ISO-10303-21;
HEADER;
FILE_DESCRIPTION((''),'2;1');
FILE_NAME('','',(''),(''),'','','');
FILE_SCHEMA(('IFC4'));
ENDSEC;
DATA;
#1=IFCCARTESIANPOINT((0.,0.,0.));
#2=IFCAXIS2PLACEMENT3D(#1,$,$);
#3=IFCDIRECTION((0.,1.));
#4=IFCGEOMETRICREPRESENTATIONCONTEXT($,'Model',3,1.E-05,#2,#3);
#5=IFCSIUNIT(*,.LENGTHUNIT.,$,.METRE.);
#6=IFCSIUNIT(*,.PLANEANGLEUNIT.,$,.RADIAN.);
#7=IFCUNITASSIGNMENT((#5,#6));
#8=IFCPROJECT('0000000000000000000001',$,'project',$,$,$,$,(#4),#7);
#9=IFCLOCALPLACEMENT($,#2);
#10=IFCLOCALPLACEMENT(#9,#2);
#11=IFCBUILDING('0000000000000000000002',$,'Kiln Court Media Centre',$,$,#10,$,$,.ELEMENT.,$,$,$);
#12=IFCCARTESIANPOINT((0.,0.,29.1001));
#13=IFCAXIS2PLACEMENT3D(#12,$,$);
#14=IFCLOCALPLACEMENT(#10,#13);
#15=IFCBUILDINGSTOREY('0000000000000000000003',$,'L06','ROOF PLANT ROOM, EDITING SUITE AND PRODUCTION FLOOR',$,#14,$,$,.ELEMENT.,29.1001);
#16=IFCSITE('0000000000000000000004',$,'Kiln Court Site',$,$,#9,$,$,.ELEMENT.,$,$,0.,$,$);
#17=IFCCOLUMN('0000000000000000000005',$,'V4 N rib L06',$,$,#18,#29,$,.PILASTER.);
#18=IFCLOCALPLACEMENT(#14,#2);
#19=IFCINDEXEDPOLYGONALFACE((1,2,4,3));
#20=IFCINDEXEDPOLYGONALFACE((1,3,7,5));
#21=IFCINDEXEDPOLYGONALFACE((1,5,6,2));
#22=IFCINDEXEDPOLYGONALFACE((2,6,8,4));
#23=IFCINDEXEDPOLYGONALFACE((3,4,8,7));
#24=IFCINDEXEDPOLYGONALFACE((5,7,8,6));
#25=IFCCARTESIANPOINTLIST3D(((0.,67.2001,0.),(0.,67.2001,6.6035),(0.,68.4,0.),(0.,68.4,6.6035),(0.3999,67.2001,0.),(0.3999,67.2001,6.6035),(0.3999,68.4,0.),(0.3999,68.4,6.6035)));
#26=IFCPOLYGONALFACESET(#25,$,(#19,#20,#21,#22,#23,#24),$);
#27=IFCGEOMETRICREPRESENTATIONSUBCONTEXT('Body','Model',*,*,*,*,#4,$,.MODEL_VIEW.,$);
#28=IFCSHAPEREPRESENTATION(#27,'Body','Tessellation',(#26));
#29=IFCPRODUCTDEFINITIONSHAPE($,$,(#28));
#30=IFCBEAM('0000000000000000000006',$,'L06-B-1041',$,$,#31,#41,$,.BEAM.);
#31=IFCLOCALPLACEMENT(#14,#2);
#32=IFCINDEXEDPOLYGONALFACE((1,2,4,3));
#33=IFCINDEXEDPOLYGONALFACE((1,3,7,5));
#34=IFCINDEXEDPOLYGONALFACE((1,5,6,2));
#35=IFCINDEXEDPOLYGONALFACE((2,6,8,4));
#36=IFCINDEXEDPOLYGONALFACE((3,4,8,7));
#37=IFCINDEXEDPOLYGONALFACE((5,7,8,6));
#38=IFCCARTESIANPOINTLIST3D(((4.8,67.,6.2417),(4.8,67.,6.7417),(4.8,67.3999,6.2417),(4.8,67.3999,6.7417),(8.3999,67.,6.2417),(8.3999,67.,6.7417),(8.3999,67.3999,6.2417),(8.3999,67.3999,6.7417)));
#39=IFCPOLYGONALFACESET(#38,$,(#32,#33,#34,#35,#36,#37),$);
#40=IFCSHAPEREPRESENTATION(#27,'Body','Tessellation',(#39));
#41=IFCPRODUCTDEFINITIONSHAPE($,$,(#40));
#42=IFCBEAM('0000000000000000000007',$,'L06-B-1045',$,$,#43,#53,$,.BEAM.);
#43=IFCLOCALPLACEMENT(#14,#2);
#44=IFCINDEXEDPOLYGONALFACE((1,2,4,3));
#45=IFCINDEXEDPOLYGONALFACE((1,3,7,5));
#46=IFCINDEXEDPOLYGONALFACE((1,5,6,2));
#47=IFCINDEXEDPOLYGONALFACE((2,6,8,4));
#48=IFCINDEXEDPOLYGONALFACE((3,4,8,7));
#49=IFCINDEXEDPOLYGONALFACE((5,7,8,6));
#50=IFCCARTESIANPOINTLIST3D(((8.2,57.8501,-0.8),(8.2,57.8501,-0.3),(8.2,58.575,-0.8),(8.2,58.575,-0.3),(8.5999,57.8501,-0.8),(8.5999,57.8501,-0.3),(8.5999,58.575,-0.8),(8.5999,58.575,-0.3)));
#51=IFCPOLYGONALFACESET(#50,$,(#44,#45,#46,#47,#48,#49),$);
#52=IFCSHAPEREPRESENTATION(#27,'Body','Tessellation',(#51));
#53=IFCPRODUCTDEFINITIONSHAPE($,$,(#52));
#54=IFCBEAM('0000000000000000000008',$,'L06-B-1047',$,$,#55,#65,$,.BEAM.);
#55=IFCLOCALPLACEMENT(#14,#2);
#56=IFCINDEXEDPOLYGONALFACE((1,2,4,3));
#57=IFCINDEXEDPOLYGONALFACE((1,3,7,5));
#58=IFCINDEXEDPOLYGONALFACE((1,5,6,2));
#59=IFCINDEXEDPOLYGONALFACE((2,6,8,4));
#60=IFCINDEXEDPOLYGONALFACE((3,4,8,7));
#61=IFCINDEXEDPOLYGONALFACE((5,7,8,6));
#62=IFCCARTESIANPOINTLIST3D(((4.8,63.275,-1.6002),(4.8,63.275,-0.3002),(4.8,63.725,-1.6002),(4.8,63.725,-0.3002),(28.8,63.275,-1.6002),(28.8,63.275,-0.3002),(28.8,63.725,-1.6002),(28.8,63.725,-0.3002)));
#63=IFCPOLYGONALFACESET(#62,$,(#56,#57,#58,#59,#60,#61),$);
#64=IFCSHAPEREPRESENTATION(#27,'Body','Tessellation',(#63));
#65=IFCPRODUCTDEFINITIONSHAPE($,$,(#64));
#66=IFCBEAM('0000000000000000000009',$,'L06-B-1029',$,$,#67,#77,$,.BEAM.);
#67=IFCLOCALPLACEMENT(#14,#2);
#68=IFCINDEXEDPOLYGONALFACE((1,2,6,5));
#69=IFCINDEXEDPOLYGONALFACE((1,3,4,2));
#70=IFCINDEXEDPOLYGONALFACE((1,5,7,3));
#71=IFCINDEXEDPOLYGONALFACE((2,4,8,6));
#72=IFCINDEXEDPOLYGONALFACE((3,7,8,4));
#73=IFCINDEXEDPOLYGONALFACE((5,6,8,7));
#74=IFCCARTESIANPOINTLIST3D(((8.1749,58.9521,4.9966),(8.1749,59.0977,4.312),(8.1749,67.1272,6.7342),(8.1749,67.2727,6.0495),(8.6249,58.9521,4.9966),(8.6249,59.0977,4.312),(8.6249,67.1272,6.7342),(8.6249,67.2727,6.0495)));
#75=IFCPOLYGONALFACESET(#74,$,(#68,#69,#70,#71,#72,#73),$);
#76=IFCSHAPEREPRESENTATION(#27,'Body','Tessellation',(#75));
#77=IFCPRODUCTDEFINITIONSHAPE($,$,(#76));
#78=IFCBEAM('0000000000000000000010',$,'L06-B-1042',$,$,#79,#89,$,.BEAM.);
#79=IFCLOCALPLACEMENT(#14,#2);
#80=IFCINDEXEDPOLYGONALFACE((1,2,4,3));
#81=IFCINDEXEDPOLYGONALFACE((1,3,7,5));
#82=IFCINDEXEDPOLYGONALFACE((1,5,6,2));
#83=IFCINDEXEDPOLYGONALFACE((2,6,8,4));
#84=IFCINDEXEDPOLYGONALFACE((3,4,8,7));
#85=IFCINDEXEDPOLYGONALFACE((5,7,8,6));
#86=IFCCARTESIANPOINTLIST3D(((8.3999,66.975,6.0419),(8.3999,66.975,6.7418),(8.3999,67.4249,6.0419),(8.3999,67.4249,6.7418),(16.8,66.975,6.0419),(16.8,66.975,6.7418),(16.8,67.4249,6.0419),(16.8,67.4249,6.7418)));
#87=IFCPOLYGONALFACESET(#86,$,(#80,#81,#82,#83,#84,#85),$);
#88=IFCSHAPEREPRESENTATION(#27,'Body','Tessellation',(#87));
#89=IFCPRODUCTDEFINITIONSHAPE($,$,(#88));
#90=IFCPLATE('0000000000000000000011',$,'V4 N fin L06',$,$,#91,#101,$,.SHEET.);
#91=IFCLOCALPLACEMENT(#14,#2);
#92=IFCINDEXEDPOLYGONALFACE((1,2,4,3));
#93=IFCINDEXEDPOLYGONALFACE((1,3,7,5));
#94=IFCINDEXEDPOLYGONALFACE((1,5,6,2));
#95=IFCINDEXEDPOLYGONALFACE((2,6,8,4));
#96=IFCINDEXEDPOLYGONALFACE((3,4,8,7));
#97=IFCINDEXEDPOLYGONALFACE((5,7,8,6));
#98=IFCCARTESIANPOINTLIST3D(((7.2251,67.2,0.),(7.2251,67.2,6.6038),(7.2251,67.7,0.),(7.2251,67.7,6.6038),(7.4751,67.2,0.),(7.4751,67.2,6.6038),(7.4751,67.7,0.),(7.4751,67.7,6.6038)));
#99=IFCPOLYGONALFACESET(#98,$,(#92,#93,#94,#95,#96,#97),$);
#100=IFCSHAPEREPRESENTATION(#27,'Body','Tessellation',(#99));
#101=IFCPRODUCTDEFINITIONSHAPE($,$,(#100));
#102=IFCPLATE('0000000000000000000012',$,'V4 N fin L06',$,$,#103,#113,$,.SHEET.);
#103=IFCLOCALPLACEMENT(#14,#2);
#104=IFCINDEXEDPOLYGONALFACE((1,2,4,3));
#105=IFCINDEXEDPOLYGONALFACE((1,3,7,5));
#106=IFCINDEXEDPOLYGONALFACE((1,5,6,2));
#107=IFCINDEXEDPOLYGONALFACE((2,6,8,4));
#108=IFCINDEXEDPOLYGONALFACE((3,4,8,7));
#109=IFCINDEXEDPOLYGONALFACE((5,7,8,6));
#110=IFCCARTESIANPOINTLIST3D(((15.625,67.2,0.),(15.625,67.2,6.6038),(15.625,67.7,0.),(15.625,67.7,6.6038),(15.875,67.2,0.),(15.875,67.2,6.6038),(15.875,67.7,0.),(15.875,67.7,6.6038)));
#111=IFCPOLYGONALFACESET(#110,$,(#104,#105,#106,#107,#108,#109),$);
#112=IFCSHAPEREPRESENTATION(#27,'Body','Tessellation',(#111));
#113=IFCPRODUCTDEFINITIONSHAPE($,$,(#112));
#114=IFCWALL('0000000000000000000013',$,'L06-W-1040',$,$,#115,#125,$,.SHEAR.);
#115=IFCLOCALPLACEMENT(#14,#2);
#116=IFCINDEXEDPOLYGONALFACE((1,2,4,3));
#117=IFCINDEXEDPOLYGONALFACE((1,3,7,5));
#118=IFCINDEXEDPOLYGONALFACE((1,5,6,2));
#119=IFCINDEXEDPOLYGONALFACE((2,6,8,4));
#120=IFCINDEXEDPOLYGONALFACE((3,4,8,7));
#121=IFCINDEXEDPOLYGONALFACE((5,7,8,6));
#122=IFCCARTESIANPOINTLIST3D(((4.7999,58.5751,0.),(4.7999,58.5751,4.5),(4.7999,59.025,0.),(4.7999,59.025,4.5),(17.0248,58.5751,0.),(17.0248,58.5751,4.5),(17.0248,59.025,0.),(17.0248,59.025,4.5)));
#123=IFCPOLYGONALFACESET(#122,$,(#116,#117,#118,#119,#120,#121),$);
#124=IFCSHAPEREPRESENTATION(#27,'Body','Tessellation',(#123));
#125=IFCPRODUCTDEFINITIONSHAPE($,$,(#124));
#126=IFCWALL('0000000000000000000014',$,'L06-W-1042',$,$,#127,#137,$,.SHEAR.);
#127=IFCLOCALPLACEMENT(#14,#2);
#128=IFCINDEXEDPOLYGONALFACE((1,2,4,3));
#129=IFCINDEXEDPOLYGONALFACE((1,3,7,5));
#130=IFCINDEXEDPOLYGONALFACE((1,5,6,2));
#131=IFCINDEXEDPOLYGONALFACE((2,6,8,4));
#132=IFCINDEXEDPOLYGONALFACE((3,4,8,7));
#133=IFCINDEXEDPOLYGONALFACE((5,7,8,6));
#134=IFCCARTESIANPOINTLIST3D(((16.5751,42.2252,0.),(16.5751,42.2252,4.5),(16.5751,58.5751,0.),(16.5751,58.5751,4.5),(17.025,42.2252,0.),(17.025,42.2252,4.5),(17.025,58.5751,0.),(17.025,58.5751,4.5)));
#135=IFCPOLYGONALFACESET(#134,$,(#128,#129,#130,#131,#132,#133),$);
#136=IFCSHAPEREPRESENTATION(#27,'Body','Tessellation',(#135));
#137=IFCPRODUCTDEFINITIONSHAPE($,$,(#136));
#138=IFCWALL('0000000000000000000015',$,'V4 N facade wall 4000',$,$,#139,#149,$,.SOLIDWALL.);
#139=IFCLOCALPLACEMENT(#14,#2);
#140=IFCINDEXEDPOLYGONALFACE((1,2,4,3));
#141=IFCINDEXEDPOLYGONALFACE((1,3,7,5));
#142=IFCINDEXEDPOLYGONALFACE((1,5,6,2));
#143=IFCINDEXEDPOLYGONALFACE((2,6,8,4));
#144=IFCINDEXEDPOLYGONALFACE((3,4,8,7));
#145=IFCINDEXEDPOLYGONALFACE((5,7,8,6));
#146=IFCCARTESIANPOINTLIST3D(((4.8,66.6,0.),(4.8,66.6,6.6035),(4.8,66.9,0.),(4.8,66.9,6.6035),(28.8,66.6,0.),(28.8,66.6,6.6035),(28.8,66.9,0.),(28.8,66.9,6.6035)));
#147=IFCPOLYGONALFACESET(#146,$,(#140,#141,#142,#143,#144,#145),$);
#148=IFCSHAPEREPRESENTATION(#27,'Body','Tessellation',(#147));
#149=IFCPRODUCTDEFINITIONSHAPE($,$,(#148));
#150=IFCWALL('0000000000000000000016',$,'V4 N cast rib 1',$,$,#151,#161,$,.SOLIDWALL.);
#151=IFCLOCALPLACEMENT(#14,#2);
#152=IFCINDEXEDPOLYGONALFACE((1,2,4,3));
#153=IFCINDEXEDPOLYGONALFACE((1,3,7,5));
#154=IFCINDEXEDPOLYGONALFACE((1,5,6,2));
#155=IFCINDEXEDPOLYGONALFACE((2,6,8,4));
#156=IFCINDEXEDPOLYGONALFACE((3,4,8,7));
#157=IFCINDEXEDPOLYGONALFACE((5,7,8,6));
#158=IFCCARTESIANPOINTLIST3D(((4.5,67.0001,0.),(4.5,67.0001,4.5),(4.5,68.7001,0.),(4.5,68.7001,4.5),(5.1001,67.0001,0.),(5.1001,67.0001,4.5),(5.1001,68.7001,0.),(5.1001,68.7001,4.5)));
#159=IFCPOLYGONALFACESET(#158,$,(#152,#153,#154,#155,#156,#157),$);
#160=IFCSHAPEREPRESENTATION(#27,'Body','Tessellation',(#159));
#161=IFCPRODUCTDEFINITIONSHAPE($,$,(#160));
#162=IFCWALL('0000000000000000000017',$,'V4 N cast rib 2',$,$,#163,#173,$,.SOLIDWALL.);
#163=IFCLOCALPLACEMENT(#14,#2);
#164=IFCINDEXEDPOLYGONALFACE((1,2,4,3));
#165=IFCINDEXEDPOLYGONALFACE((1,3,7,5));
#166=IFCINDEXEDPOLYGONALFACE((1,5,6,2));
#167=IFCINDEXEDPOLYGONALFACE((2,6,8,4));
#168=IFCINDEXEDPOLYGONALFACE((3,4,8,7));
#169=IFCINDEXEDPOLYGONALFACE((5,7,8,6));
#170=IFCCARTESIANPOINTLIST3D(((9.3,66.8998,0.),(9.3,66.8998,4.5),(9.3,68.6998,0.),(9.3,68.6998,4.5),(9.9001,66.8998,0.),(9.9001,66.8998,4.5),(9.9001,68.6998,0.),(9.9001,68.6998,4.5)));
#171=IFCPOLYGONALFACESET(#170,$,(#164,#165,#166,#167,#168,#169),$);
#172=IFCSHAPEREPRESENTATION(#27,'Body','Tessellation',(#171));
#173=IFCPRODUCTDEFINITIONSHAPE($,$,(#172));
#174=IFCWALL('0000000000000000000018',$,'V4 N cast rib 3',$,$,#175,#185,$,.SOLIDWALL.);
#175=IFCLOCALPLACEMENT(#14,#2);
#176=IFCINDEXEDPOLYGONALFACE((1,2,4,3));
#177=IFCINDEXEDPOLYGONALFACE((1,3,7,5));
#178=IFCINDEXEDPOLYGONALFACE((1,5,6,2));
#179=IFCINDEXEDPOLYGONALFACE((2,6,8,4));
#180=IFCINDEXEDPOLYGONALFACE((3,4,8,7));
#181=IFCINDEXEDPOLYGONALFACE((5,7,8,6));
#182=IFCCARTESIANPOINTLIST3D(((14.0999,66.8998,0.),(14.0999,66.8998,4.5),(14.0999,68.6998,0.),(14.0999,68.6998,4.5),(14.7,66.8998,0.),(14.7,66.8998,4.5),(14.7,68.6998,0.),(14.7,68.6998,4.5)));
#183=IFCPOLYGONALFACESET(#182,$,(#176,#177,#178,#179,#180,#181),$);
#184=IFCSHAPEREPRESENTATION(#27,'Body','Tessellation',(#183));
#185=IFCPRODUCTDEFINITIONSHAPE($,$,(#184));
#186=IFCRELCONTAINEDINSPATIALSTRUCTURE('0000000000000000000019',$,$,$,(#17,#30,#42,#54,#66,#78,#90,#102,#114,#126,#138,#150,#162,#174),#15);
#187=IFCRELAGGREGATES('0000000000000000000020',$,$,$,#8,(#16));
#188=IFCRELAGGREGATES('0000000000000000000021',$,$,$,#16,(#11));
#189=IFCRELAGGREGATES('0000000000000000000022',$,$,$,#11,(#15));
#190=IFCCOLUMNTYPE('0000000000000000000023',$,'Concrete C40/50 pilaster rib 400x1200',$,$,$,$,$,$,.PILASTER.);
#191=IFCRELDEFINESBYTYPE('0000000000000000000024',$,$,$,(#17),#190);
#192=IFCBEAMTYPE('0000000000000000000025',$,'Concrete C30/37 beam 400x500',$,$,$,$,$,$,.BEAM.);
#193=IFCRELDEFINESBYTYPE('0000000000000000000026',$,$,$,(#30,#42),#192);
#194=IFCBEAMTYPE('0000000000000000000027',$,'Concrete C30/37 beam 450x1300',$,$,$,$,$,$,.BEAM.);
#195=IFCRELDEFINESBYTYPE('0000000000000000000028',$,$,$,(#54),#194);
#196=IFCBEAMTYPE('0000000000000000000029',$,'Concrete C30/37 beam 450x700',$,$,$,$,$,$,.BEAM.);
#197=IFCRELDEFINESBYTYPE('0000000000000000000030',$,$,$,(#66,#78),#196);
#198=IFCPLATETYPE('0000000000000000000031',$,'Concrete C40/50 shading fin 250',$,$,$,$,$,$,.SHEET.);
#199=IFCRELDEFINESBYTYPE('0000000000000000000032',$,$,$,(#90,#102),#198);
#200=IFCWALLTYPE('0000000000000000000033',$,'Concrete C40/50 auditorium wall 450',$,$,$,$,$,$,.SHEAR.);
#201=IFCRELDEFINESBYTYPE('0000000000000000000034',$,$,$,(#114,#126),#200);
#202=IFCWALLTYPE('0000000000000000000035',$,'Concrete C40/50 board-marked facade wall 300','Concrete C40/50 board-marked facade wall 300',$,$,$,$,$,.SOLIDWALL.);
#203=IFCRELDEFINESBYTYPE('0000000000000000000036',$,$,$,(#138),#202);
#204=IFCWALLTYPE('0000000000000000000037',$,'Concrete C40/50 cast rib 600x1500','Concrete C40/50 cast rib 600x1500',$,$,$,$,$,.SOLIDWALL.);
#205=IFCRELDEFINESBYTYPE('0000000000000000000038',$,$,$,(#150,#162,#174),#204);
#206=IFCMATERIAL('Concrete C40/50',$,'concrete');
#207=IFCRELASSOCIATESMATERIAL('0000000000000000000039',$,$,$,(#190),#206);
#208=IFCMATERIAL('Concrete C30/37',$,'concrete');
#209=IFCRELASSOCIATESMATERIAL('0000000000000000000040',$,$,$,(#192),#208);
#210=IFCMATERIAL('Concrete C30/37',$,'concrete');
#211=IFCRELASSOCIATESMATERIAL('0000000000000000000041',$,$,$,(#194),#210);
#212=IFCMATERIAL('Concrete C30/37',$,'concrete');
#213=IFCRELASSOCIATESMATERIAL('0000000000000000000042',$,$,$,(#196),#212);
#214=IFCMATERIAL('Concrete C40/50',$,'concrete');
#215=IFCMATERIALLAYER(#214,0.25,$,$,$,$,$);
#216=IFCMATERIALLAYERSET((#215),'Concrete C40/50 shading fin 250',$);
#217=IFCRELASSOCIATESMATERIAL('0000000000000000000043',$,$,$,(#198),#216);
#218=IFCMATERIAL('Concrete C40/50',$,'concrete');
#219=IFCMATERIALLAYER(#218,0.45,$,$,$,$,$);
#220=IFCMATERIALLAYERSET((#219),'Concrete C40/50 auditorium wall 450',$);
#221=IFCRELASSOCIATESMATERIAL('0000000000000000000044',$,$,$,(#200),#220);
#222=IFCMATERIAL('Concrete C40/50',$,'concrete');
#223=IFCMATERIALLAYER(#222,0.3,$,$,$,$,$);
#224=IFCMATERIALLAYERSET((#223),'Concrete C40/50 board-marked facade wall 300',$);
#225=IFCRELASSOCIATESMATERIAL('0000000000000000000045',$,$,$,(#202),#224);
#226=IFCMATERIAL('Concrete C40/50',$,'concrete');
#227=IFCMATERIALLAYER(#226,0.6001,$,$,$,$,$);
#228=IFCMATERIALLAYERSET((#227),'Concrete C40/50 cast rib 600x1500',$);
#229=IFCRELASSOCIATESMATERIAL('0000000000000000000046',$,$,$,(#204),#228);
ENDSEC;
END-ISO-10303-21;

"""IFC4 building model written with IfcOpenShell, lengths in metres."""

from ifc_helpers import new_model, si_unit, direction, frame, frame_2d, origin, origin_2d, place, context, subcontext, project, spatial, rectangle, extrude, material, layer, layer_set, material_profile, profile_set, type_object, element, save


model = new_model("IFC4")

# Units and contexts
model_context = context("Model", 3, precision=1e-05, world=origin(), true_north=direction((0.0, 1.0)))
body_context = subcontext(model_context, "Body", "Model", "MODEL_VIEW")
ifc_project = project(units=[si_unit("LENGTHUNIT", "METRE"), si_unit("PLANEANGLEUNIT", "RADIAN")], contexts=[model_context])

# Site, building, storey
site_placement = place(None, origin())
site = spatial("IfcSite", under=ifc_project, at=site_placement, Name="Kiln Court Site", CompositionType="ELEMENT", RefElevation=0.0)
building_placement = place(site_placement, origin())
building = spatial("IfcBuilding", under=site, at=building_placement, Name="Kiln Court Media Centre", CompositionType="ELEMENT")
storey_placement = place(building_placement, frame((0.0, 0.0, 29.1001)))
storey = spatial("IfcBuildingStorey", under=building, at=storey_placement, Name="L06", Description="ROOF PLANT ROOM, EDITING SUITE AND PRODUCTION FLOOR", CompositionType="ELEMENT", Elevation=29.1001)

# Column
ifc_material_1 = material(Name="Concrete C40/50", Category="concrete")
ifc_material_profile_1 = material_profile(ifc_material_1, rectangle(XDim=0.3999, YDim=1.2, at=origin_2d()), Name="RC 400x1200")
ifc_profile_set_1 = profile_set([ifc_material_profile_1], Name="Concrete C40/50")
column_type = type_object("IfcColumnType", Name="Concrete C40/50 pilaster rib 400x1200", PredefinedType="PILASTER", material=ifc_profile_set_1)
column_placement = place(storey_placement, frame((0.2, 67.8, 0.0), z_axis=(0.0, 0.0, 1.0), x_axis=(1.0, 0.0, 0.0)))
element("IfcColumn", 1, at=column_placement, inside=storey, type_object=column_type, Name="V4 N rib L06", PredefinedType="PILASTER", context=body_context, shape_type="SweptSolid", body=[
    extrude(rectangle(XDim=0.3999, YDim=1.2, at=origin_2d()), origin(), (0.0, 0.0, 1.0), 6.6035),
])

# Beams
ifc_material_2 = material(Name="Concrete C30/37", Category="concrete")
ifc_material_profile_2 = material_profile(ifc_material_2, rectangle(XDim=0.3999, YDim=0.5, at=origin_2d()), Name="RC 400x500")
ifc_profile_set_2 = profile_set([ifc_material_profile_2], Name="Concrete C30/37")
beam_type_1 = type_object("IfcBeamType", Name="Concrete C30/37 beam 400x500", PredefinedType="BEAM", material=ifc_profile_set_2)
beam_1_placement = place(storey_placement, frame((4.8, 67.2, 6.4917), z_axis=(1.0, 0.0, 0.0), x_axis=(0.0, 1.0, 0.0)))
element("IfcBeam", 2, at=beam_1_placement, inside=storey, type_object=beam_type_1, Name="L06-B-1041", PredefinedType="BEAM", context=body_context, shape_type="SweptSolid", body=[
    extrude(rectangle(XDim=0.3999, YDim=0.5, at=origin_2d()), origin(), (0.0, 0.0, 1.0), 3.5999),
])
beam_2_placement = place(storey_placement, frame((8.3999, 57.8501, -0.55), z_axis=(0.0, 1.0, 0.0), x_axis=(-1.0, 0.0, 0.0)))
element("IfcBeam", 3, at=beam_2_placement, inside=storey, type_object=beam_type_1, Name="L06-B-1045", PredefinedType="BEAM", context=body_context, shape_type="SweptSolid", body=[
    extrude(rectangle(XDim=0.3999, YDim=0.5, at=origin_2d()), origin(), (0.0, 0.0, 1.0), 0.7249),
])
ifc_material_3 = material(Name="Concrete C30/37", Category="concrete")
ifc_material_profile_3 = material_profile(ifc_material_3, rectangle(XDim=0.45, YDim=1.3, at=origin_2d()), Name="RC 450x1300")
ifc_profile_set_3 = profile_set([ifc_material_profile_3], Name="Concrete C30/37")
beam_type_2 = type_object("IfcBeamType", Name="Concrete C30/37 beam 450x1300", PredefinedType="BEAM", material=ifc_profile_set_3)
beam_3_placement = place(storey_placement, frame((4.8, 63.5, -0.9502), z_axis=(1.0, 0.0, 0.0), x_axis=(0.0, 1.0, 0.0)))
element("IfcBeam", 4, at=beam_3_placement, inside=storey, type_object=beam_type_2, Name="L06-B-1047", PredefinedType="BEAM", context=body_context, shape_type="SweptSolid", body=[
    extrude(rectangle(XDim=0.45, YDim=1.3, at=origin_2d()), origin(), (0.0, 0.0, 1.0), 24.0),
])
ifc_material_4 = material(Name="Concrete C30/37", Category="concrete")
ifc_material_profile_4 = material_profile(ifc_material_4, rectangle(XDim=0.45, YDim=0.7, at=origin_2d()), Name="RC 450x700")
ifc_profile_set_4 = profile_set([ifc_material_profile_4], Name="Concrete C30/37")
beam_type_3 = type_object("IfcBeamType", Name="Concrete C30/37 beam 450x700", PredefinedType="BEAM", material=ifc_profile_set_4)
beam_4_placement = place(storey_placement, frame((8.3999, 59.0249, 4.6543), z_axis=(0.0, 0.97815, 0.207899), x_axis=(-1.0, 0.0, 0.0)))
element("IfcBeam", 5, at=beam_4_placement, inside=storey, type_object=beam_type_3, Name="L06-B-1029", PredefinedType="BEAM", context=body_context, shape_type="SweptSolid", body=[
    extrude(rectangle(XDim=0.45, YDim=0.7, at=origin_2d()), origin(), (0.0, 0.0, 1.0), 8.3577),
])
beam_5_placement = place(storey_placement, frame((8.3999, 67.2, 6.3918), z_axis=(1.0, 0.0, 0.0), x_axis=(0.0, 1.0, 0.0)))
element("IfcBeam", 6, at=beam_5_placement, inside=storey, type_object=beam_type_3, Name="L06-B-1042", PredefinedType="BEAM", context=body_context, shape_type="SweptSolid", body=[
    extrude(rectangle(XDim=0.45, YDim=0.7, at=origin_2d()), origin(), (0.0, 0.0, 1.0), 8.4001),
])

# Plates
ifc_material_5 = material(Name="Concrete C40/50", Category="concrete")
ifc_layer_1 = layer(ifc_material_5, 0.25)
ifc_layer_set_1 = layer_set([ifc_layer_1], Name="Concrete C40/50 shading fin 250")
plate_type = type_object("IfcPlateType", Name="Concrete C40/50 shading fin 250", PredefinedType="SHEET", material=ifc_layer_set_1)
for number, where, z_axis, x_axis, name in (
    (7, (7.3501, 67.45, 0.0), (0.0, 0.0, 1.0), (1.0, 0.0, 0.0), "V4 N fin L06"),
    (8, (15.75, 67.45, 0.0), (0.0, 0.0, 1.0), (1.0, 0.0, 0.0), "V4 N fin L06"),
):
    element("IfcPlate", number, at=place(storey_placement, frame(where, z_axis=z_axis, x_axis=x_axis)), inside=storey, type_object=plate_type, Name=name, PredefinedType="SHEET", context=body_context, shape_type="SweptSolid", body=[
        extrude(rectangle(XDim=0.25, YDim=0.5, at=origin_2d()), origin(), (0.0, 0.0, 1.0), 6.6038),
    ])

# Walls
ifc_material_6 = material(Name="Concrete C40/50", Category="concrete")
ifc_layer_2 = layer(ifc_material_6, 0.45)
ifc_layer_set_2 = layer_set([ifc_layer_2], Name="Concrete C40/50 auditorium wall 450")
wall_type_1 = type_object("IfcWallType", Name="Concrete C40/50 auditorium wall 450", PredefinedType="SHEAR", material=ifc_layer_set_2)
wall_1_placement = place(storey_placement, frame((4.8, 58.8, 0.0), z_axis=(0.0, 0.0, 1.0), x_axis=(1.0, 0.0, 0.0)))
element("IfcWall", 9, at=wall_1_placement, inside=storey, type_object=wall_type_1, Name="L06-W-1040", PredefinedType="SHEAR", context=body_context, shape_type="SweptSolid", body=[
    extrude(rectangle(XDim=12.2249, YDim=0.45, at=frame_2d((6.1123, 0.0))), origin(), (0.0, 0.0, 1.0), 4.5),
])
wall_2_placement = place(storey_placement, frame((16.8, 58.575, 0.0), z_axis=(0.0, 0.0, 1.0), x_axis=(0.0, -1.0, 0.0)))
element("IfcWall", 10, at=wall_2_placement, inside=storey, type_object=wall_type_1, Name="L06-W-1042", PredefinedType="SHEAR", context=body_context, shape_type="SweptSolid", body=[
    extrude(rectangle(XDim=16.3499, YDim=0.45, at=frame_2d((8.1748, 0.0))), origin(), (0.0, 0.0, 1.0), 4.5),
])
ifc_material_7 = material(Name="Concrete C40/50", Category="concrete")
ifc_layer_3 = layer(ifc_material_7, 0.3)
ifc_layer_set_3 = layer_set([ifc_layer_3], Name="Concrete C40/50 board-marked facade wall 300")
wall_type_2 = type_object("IfcWallType", Name="Concrete C40/50 board-marked facade wall 300", Description="Concrete C40/50 board-marked facade wall 300", PredefinedType="SOLIDWALL", material=ifc_layer_set_3)
wall_3_placement = place(storey_placement, frame((4.8, 66.75, 0.0), z_axis=(0.0, 0.0, 1.0), x_axis=(1.0, 0.0, 0.0)))
element("IfcWall", 11, at=wall_3_placement, inside=storey, type_object=wall_type_2, Name="V4 N facade wall 4000", PredefinedType="SOLIDWALL", context=body_context, shape_type="SweptSolid", body=[
    extrude(rectangle(XDim=24.0, YDim=0.3, at=frame_2d((12.0, 0.0))), origin(), (0.0, 0.0, 1.0), 6.6035),
])
ifc_material_8 = material(Name="Concrete C40/50", Category="concrete")
ifc_layer_4 = layer(ifc_material_8, 0.6001)
ifc_layer_set_4 = layer_set([ifc_layer_4], Name="Concrete C40/50 cast rib 600x1500")
wall_type_3 = type_object("IfcWallType", Name="Concrete C40/50 cast rib 600x1500", Description="Concrete C40/50 cast rib 600x1500", PredefinedType="SOLIDWALL", material=ifc_layer_set_4)
wall_4_placement = place(storey_placement, frame((4.8, 67.0, 0.0), z_axis=(0.0, 0.0, 1.0), x_axis=(0.0, 1.0, 0.0)))
element("IfcWall", 12, at=wall_4_placement, inside=storey, type_object=wall_type_3, Name="V4 N cast rib 1", PredefinedType="SOLIDWALL", context=body_context, shape_type="SweptSolid", body=[
    extrude(rectangle(XDim=1.7, YDim=0.6001, at=frame_2d((0.8501, 0.0))), origin(), (0.0, 0.0, 1.0), 4.5),
])
for number, where, z_axis, x_axis, name in (
    (13, (9.6001, 66.8999, 0.0), (0.0, 0.0, 1.0), (0.0, 1.0, 0.0), "V4 N cast rib 2"),
    (14, (14.3999, 66.8999, 0.0), (0.0, 0.0, 1.0), (0.0, 1.0, 0.0), "V4 N cast rib 3"),
):
    element("IfcWall", number, at=place(storey_placement, frame(where, z_axis=z_axis, x_axis=x_axis)), inside=storey, type_object=wall_type_3, Name=name, PredefinedType="SOLIDWALL", context=body_context, shape_type="SweptSolid", body=[
        extrude(rectangle(XDim=1.8, YDim=0.6001, at=frame_2d((0.8999, 0.0))), origin(), (0.0, 0.0, 1.0), 4.5),
    ])

save(model, "model.ifc")
